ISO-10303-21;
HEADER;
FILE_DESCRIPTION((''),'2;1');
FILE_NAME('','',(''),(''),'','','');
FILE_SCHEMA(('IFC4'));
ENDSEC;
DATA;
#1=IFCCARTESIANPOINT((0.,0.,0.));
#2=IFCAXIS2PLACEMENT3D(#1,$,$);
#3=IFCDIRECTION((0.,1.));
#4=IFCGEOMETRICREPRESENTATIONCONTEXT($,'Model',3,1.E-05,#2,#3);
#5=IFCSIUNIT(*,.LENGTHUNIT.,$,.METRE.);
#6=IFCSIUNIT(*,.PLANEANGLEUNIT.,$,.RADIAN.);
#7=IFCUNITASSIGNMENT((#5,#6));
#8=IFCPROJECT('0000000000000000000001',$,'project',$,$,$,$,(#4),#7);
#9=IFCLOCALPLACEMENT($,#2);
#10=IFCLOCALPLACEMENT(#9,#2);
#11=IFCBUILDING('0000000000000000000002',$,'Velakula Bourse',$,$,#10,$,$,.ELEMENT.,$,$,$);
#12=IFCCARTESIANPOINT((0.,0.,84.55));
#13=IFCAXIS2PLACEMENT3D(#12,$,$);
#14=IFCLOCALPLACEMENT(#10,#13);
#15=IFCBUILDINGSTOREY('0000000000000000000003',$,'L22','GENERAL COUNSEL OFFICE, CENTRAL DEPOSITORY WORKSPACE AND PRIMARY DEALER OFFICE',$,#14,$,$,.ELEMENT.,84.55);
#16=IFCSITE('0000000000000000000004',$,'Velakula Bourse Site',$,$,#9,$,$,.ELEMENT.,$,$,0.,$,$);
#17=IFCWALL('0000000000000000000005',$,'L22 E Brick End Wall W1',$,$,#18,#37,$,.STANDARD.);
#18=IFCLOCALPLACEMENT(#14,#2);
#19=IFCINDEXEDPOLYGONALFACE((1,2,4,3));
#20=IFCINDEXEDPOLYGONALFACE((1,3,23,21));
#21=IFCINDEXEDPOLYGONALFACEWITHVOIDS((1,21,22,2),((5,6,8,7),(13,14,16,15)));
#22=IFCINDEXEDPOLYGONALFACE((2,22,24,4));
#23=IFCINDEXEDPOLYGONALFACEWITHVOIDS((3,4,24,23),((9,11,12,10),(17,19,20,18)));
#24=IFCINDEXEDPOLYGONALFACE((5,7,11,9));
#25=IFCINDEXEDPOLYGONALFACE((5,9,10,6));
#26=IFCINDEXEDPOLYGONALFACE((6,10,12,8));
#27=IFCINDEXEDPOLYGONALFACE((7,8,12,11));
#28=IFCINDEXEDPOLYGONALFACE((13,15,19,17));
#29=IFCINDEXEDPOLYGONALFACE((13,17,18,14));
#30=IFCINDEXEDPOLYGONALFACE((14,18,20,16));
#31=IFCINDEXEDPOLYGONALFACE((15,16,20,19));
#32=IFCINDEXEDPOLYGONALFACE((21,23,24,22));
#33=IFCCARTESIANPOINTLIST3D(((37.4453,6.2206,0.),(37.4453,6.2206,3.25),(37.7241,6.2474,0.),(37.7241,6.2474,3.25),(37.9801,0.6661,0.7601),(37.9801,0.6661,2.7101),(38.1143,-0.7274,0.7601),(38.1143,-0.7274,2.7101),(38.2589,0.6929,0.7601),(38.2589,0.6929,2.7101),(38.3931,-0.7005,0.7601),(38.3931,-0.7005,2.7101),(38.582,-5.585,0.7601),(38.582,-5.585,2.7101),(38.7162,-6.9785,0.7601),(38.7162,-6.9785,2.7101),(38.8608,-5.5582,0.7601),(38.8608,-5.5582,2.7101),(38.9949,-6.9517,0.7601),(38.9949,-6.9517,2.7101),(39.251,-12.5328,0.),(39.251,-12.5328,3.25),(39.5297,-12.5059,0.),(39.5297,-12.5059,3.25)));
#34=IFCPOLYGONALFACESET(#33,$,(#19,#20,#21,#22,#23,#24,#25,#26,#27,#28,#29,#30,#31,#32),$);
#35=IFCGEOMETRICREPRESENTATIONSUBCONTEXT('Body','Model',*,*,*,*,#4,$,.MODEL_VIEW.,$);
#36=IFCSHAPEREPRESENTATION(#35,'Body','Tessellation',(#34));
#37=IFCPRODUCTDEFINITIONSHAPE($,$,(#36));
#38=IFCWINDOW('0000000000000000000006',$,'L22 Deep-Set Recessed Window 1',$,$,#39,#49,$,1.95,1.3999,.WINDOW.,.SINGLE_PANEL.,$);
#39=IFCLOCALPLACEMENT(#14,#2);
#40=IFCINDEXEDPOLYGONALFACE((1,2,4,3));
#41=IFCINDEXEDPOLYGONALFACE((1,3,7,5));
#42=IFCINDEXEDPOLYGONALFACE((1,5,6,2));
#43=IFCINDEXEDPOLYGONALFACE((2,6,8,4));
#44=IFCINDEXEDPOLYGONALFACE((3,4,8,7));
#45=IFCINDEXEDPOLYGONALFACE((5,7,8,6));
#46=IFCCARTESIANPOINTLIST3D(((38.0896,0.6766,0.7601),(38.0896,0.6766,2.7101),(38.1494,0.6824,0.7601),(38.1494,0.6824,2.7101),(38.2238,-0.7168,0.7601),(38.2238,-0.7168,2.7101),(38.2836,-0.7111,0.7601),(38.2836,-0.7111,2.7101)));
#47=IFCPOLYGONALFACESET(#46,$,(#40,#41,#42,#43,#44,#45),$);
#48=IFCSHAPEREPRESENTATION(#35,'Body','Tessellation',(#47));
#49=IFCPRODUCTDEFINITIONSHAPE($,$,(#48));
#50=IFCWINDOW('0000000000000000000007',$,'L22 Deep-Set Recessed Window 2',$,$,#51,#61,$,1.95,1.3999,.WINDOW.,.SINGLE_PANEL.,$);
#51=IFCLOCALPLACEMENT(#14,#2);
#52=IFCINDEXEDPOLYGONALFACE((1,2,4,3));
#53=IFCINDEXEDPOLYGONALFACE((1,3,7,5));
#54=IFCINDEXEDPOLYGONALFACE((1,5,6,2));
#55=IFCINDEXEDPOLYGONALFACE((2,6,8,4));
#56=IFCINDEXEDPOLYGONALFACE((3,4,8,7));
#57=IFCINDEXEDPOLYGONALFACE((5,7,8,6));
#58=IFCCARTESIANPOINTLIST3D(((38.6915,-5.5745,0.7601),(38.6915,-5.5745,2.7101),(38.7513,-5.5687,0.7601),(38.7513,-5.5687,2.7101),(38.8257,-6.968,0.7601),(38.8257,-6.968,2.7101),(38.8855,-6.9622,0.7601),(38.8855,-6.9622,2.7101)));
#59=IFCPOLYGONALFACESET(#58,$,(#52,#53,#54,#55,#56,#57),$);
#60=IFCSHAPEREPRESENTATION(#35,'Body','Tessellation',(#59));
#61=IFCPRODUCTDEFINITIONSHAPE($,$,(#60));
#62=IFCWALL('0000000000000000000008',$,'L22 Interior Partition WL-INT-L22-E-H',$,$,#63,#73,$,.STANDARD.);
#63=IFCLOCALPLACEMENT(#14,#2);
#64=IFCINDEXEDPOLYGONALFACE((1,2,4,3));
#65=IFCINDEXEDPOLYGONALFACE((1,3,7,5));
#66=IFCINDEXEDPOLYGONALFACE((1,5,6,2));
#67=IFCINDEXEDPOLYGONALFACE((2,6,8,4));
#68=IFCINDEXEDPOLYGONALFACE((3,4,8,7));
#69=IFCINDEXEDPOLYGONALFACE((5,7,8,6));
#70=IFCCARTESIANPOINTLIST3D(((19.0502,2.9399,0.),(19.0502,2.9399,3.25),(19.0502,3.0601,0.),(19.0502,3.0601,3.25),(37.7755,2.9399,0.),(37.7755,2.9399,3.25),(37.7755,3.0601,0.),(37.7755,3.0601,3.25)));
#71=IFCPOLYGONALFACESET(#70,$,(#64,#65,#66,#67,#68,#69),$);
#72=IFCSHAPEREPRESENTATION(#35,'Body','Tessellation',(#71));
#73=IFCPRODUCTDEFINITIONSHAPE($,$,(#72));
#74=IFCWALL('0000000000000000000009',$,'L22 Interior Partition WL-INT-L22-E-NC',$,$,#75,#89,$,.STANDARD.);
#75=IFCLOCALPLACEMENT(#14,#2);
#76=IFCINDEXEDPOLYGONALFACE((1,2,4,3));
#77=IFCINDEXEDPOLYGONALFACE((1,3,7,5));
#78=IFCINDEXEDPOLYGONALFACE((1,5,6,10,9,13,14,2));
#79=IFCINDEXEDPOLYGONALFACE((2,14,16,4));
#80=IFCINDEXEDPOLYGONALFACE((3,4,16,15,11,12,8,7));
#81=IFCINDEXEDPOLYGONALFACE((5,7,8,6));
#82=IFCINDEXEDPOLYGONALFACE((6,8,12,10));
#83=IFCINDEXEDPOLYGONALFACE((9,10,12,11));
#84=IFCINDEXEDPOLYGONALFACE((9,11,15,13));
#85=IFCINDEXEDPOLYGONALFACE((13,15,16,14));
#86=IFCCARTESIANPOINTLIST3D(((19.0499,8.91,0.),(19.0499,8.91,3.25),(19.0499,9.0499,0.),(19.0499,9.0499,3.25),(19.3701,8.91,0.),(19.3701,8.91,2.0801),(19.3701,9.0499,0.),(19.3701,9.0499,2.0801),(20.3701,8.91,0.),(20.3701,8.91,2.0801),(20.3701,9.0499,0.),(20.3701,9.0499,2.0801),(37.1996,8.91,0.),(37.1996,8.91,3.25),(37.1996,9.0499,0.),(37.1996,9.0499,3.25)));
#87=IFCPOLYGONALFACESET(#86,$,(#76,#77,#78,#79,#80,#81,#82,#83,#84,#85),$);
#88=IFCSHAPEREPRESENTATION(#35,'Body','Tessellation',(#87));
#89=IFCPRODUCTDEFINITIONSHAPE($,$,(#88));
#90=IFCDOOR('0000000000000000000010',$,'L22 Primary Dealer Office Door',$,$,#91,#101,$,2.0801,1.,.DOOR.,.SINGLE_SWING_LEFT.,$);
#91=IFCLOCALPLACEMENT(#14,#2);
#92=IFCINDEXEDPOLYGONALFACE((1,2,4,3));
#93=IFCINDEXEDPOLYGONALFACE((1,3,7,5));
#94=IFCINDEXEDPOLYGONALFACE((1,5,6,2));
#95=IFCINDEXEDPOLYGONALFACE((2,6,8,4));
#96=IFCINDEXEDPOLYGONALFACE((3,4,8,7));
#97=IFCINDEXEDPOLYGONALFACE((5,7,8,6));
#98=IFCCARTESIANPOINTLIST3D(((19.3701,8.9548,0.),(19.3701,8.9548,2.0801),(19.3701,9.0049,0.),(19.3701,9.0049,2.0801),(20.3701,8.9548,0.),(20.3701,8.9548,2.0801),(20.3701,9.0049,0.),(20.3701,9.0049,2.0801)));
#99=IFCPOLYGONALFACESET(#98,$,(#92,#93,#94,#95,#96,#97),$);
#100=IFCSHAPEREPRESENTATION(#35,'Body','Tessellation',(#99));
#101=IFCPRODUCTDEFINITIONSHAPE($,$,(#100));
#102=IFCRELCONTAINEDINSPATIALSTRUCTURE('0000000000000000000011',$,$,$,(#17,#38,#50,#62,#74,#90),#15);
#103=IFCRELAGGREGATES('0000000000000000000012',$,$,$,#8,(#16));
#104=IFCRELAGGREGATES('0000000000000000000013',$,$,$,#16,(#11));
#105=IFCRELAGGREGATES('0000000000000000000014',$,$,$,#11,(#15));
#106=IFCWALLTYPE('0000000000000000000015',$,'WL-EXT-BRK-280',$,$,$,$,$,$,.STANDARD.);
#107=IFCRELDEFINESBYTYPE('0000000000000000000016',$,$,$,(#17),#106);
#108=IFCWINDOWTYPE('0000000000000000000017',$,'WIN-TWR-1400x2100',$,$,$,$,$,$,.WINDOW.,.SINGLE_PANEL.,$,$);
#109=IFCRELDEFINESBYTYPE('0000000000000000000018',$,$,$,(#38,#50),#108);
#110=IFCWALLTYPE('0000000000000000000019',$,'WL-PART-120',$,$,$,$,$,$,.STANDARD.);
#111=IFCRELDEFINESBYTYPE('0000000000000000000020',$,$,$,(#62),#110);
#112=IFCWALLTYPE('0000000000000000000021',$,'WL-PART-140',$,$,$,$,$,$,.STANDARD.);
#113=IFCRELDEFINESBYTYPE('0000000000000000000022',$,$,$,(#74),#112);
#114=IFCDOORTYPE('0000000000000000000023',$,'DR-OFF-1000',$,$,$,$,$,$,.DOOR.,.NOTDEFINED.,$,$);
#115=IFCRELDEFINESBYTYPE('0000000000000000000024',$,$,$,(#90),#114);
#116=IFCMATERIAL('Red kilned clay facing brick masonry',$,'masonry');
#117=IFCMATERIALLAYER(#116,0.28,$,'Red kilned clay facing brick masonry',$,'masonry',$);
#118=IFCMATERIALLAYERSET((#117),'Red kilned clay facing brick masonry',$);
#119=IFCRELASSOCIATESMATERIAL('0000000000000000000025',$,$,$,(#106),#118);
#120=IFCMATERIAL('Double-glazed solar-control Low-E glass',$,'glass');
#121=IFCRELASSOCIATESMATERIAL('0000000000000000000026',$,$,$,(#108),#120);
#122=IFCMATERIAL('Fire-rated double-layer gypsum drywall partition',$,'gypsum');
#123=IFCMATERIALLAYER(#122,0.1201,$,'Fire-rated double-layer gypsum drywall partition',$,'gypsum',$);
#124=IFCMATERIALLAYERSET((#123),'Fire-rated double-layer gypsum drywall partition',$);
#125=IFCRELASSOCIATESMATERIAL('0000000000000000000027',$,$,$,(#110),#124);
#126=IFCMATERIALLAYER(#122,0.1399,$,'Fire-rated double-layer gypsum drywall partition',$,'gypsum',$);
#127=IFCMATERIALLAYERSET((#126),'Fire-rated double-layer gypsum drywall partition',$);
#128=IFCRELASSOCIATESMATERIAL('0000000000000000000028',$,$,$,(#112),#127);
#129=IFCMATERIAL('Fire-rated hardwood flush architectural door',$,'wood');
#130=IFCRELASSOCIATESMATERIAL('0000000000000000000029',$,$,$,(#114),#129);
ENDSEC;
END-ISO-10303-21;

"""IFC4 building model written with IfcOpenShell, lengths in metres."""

from ifc_helpers import new_model, si_unit, direction, frame, frame_2d, origin, place, context, subcontext, project, spatial, rectangle, extrude, material, layer, layer_set, type_object, element, fill, save


model = new_model("IFC4")

# Units and contexts
model_context = context("Model", 3, precision=1e-05, world=origin(), true_north=direction((0.0, 1.0)))
body_context = subcontext(model_context, "Body", "Model", "MODEL_VIEW")
ifc_project = project(units=[si_unit("LENGTHUNIT", "METRE"), si_unit("PLANEANGLEUNIT", "RADIAN")], contexts=[model_context])

# Site, building, storey
site_placement = place(None, origin())
site = spatial("IfcSite", under=ifc_project, at=site_placement, Name="Velakula Bourse Site", CompositionType="ELEMENT", RefElevation=0.0)
building_placement = place(site_placement, origin())
building = spatial("IfcBuilding", under=site, at=building_placement, Name="Velakula Bourse", CompositionType="ELEMENT")
storey_placement = place(building_placement, frame((0.0, 0.0, 84.55)))
storey = spatial("IfcBuildingStorey", under=building, at=storey_placement, Name="L22", Description="GENERAL COUNSEL OFFICE, CENTRAL DEPOSITORY WORKSPACE AND PRIMARY DEALER OFFICE", CompositionType="ELEMENT", Elevation=84.55)

# Wall, openings, windows
ifc_material_1 = material(Name="Red kilned clay facing brick masonry", Category="masonry")
ifc_layer_1 = layer(ifc_material_1, 0.28, Name="Red kilned clay facing brick masonry", Category="masonry")
ifc_layer_set_1 = layer_set([ifc_layer_1], Name="Red kilned clay facing brick masonry")
wall_type_1 = type_object("IfcWallType", Name="WL-EXT-BRK-280", PredefinedType="STANDARD", material=ifc_layer_set_1)
wall_1_placement = place(storey_placement, frame((37.5847, 6.2339, 0.0), z_axis=(0.0, 0.0, 1.0), x_axis=(0.095841, -0.995397, 0.0)))
wall_1 = element("IfcWall", 1, at=wall_1_placement, inside=storey, type_object=wall_type_1, Name="L22 E Brick End Wall W1", PredefinedType="STANDARD", context=body_context, shape_type="SweptSolid", body=[
    extrude(rectangle(XDim=18.8401, YDim=0.28, at=frame_2d((9.4199, 0.0))), origin(), (0.0, 0.0, 1.0), 3.25),
])
opening_1_placement = place(wall_1_placement, frame((5.5801, 0.0, 0.76)))
opening_1 = element("IfcOpeningElement", 2, at=opening_1_placement, cuts=wall_1, PredefinedType="OPENING", context=body_context, shape_type="SweptSolid", body=[
    extrude(rectangle(XDim=1.3999, YDim=1.95, at=frame_2d((0.7, 0.9751))), frame((0.0, 0.1499, 0.0), z_axis=(0.0, -1.0, 0.0), x_axis=(1.0, 0.0, 0.0)), (0.0, 0.0, 1.0), 0.3),
])
opening_2_placement = place(wall_1_placement, frame((11.8601, 0.0, 0.76)))
opening_2 = element("IfcOpeningElement", 3, at=opening_2_placement, cuts=wall_1, PredefinedType="OPENING", context=body_context, shape_type="SweptSolid", body=[
    extrude(rectangle(XDim=1.3999, YDim=1.95, at=frame_2d((0.7, 0.9751))), frame((0.0, 0.1499, 0.0), z_axis=(0.0, -1.0, 0.0), x_axis=(1.0, 0.0, 0.0)), (0.0, 0.0, 1.0), 0.3),
])
ifc_material_2 = material(Name="Double-glazed solar-control Low-E glass", Category="glass")
window_type = type_object("IfcWindowType", Name="WIN-TWR-1400x2100", PartitioningType="SINGLE_PANEL", PredefinedType="WINDOW", material=ifc_material_2)
window_1_placement = place(opening_1_placement, origin())
window_1 = element("IfcWindow", 4, at=window_1_placement, inside=storey, type_object=window_type, Name="L22 Deep-Set Recessed Window 1", OverallHeight=1.95, OverallWidth=1.3999, PartitioningType="SINGLE_PANEL", PredefinedType="WINDOW", context=body_context, shape_type="SweptSolid", body=[
    extrude(rectangle(XDim=1.3999, YDim=1.95, at=frame_2d((0.7, 0.9751))), frame((0.0, 0.03, 0.0), z_axis=(0.0, -1.0, 0.0), x_axis=(1.0, 0.0, 0.0)), (0.0, 0.0, 1.0), 0.0601),
])
fill(opening_1, window_1)
window_2_placement = place(opening_2_placement, origin())
window_2 = element("IfcWindow", 5, at=window_2_placement, inside=storey, type_object=window_type, Name="L22 Deep-Set Recessed Window 2", OverallHeight=1.95, OverallWidth=1.3999, PartitioningType="SINGLE_PANEL", PredefinedType="WINDOW", context=body_context, shape_type="SweptSolid", body=[
    extrude(rectangle(XDim=1.3999, YDim=1.95, at=frame_2d((0.7, 0.9751))), frame((0.0, 0.03, 0.0), z_axis=(0.0, -1.0, 0.0), x_axis=(1.0, 0.0, 0.0)), (0.0, 0.0, 1.0), 0.0601),
])
fill(opening_2, window_2)

# Wall
ifc_material_3 = material(Name="Fire-rated double-layer gypsum drywall partition", Category="gypsum")
ifc_layer_2 = layer(ifc_material_3, 0.1201, Name="Fire-rated double-layer gypsum drywall partition", Category="gypsum")
ifc_layer_set_2 = layer_set([ifc_layer_2], Name="Fire-rated double-layer gypsum drywall partition")
wall_type_2 = type_object("IfcWallType", Name="WL-PART-120", PredefinedType="STANDARD", material=ifc_layer_set_2)
wall_2_placement = place(storey_placement, frame((19.05, 3.0, 0.0), z_axis=(0.0, 0.0, 1.0), x_axis=(1.0, 0.0, 0.0)))
element("IfcWall", 6, at=wall_2_placement, inside=storey, type_object=wall_type_2, Name="L22 Interior Partition WL-INT-L22-E-H", PredefinedType="STANDARD", context=body_context, shape_type="SweptSolid", body=[
    extrude(rectangle(XDim=18.7253, YDim=0.1201, at=frame_2d((9.3628, 0.0))), origin(), (0.0, 0.0, 1.0), 3.25),
])

# Wall, opening, door
ifc_layer_3 = layer(ifc_material_3, 0.1399, Name="Fire-rated double-layer gypsum drywall partition", Category="gypsum")
ifc_layer_set_3 = layer_set([ifc_layer_3], Name="Fire-rated double-layer gypsum drywall partition")
wall_type_3 = type_object("IfcWallType", Name="WL-PART-140", PredefinedType="STANDARD", material=ifc_layer_set_3)
wall_3_placement = place(storey_placement, frame((19.05, 8.98, 0.0), z_axis=(0.0, 0.0, 1.0), x_axis=(1.0, 0.0, 0.0)))
wall_3 = element("IfcWall", 7, at=wall_3_placement, inside=storey, type_object=wall_type_3, Name="L22 Interior Partition WL-INT-L22-E-NC", PredefinedType="STANDARD", context=body_context, shape_type="SweptSolid", body=[
    extrude(rectangle(XDim=18.1497, YDim=0.1399, at=frame_2d((9.0747, 0.0))), origin(), (0.0, 0.0, 1.0), 3.25),
])
opening_3_placement = place(wall_3_placement, frame((0.3201, 0.0, 0.0)))
opening_3 = element("IfcOpeningElement", 8, at=opening_3_placement, cuts=wall_3, PredefinedType="OPENING", context=body_context, shape_type="SweptSolid", body=[
    extrude(rectangle(XDim=1.0, YDim=2.0801, at=frame_2d((0.5, 1.04))), frame((0.0, 0.0798, 0.0), z_axis=(0.0, -1.0, 0.0), x_axis=(1.0, 0.0, 0.0)), (0.0, 0.0, 1.0), 0.1599),
])
ifc_material_4 = material(Name="Fire-rated hardwood flush architectural door", Category="wood")
door_type = type_object("IfcDoorType", Name="DR-OFF-1000", OperationType="NOTDEFINED", PredefinedType="DOOR", material=ifc_material_4)
door_placement = place(opening_3_placement, origin())
door = element("IfcDoor", 9, at=door_placement, inside=storey, type_object=door_type, Name="L22 Primary Dealer Office Door", OperationType="SINGLE_SWING_LEFT", OverallHeight=2.0801, OverallWidth=1.0, PredefinedType="DOOR", context=body_context, shape_type="SweptSolid", body=[
    extrude(rectangle(XDim=1.0, YDim=2.0801, at=frame_2d((0.5, 1.04))), frame((0.0, 0.0249, 0.0), z_axis=(0.0, -1.0, 0.0), x_axis=(1.0, 0.0, 0.0)), (0.0, 0.0, 1.0), 0.05),
])
fill(opening_3, door)

save(model, "model.ifc")
